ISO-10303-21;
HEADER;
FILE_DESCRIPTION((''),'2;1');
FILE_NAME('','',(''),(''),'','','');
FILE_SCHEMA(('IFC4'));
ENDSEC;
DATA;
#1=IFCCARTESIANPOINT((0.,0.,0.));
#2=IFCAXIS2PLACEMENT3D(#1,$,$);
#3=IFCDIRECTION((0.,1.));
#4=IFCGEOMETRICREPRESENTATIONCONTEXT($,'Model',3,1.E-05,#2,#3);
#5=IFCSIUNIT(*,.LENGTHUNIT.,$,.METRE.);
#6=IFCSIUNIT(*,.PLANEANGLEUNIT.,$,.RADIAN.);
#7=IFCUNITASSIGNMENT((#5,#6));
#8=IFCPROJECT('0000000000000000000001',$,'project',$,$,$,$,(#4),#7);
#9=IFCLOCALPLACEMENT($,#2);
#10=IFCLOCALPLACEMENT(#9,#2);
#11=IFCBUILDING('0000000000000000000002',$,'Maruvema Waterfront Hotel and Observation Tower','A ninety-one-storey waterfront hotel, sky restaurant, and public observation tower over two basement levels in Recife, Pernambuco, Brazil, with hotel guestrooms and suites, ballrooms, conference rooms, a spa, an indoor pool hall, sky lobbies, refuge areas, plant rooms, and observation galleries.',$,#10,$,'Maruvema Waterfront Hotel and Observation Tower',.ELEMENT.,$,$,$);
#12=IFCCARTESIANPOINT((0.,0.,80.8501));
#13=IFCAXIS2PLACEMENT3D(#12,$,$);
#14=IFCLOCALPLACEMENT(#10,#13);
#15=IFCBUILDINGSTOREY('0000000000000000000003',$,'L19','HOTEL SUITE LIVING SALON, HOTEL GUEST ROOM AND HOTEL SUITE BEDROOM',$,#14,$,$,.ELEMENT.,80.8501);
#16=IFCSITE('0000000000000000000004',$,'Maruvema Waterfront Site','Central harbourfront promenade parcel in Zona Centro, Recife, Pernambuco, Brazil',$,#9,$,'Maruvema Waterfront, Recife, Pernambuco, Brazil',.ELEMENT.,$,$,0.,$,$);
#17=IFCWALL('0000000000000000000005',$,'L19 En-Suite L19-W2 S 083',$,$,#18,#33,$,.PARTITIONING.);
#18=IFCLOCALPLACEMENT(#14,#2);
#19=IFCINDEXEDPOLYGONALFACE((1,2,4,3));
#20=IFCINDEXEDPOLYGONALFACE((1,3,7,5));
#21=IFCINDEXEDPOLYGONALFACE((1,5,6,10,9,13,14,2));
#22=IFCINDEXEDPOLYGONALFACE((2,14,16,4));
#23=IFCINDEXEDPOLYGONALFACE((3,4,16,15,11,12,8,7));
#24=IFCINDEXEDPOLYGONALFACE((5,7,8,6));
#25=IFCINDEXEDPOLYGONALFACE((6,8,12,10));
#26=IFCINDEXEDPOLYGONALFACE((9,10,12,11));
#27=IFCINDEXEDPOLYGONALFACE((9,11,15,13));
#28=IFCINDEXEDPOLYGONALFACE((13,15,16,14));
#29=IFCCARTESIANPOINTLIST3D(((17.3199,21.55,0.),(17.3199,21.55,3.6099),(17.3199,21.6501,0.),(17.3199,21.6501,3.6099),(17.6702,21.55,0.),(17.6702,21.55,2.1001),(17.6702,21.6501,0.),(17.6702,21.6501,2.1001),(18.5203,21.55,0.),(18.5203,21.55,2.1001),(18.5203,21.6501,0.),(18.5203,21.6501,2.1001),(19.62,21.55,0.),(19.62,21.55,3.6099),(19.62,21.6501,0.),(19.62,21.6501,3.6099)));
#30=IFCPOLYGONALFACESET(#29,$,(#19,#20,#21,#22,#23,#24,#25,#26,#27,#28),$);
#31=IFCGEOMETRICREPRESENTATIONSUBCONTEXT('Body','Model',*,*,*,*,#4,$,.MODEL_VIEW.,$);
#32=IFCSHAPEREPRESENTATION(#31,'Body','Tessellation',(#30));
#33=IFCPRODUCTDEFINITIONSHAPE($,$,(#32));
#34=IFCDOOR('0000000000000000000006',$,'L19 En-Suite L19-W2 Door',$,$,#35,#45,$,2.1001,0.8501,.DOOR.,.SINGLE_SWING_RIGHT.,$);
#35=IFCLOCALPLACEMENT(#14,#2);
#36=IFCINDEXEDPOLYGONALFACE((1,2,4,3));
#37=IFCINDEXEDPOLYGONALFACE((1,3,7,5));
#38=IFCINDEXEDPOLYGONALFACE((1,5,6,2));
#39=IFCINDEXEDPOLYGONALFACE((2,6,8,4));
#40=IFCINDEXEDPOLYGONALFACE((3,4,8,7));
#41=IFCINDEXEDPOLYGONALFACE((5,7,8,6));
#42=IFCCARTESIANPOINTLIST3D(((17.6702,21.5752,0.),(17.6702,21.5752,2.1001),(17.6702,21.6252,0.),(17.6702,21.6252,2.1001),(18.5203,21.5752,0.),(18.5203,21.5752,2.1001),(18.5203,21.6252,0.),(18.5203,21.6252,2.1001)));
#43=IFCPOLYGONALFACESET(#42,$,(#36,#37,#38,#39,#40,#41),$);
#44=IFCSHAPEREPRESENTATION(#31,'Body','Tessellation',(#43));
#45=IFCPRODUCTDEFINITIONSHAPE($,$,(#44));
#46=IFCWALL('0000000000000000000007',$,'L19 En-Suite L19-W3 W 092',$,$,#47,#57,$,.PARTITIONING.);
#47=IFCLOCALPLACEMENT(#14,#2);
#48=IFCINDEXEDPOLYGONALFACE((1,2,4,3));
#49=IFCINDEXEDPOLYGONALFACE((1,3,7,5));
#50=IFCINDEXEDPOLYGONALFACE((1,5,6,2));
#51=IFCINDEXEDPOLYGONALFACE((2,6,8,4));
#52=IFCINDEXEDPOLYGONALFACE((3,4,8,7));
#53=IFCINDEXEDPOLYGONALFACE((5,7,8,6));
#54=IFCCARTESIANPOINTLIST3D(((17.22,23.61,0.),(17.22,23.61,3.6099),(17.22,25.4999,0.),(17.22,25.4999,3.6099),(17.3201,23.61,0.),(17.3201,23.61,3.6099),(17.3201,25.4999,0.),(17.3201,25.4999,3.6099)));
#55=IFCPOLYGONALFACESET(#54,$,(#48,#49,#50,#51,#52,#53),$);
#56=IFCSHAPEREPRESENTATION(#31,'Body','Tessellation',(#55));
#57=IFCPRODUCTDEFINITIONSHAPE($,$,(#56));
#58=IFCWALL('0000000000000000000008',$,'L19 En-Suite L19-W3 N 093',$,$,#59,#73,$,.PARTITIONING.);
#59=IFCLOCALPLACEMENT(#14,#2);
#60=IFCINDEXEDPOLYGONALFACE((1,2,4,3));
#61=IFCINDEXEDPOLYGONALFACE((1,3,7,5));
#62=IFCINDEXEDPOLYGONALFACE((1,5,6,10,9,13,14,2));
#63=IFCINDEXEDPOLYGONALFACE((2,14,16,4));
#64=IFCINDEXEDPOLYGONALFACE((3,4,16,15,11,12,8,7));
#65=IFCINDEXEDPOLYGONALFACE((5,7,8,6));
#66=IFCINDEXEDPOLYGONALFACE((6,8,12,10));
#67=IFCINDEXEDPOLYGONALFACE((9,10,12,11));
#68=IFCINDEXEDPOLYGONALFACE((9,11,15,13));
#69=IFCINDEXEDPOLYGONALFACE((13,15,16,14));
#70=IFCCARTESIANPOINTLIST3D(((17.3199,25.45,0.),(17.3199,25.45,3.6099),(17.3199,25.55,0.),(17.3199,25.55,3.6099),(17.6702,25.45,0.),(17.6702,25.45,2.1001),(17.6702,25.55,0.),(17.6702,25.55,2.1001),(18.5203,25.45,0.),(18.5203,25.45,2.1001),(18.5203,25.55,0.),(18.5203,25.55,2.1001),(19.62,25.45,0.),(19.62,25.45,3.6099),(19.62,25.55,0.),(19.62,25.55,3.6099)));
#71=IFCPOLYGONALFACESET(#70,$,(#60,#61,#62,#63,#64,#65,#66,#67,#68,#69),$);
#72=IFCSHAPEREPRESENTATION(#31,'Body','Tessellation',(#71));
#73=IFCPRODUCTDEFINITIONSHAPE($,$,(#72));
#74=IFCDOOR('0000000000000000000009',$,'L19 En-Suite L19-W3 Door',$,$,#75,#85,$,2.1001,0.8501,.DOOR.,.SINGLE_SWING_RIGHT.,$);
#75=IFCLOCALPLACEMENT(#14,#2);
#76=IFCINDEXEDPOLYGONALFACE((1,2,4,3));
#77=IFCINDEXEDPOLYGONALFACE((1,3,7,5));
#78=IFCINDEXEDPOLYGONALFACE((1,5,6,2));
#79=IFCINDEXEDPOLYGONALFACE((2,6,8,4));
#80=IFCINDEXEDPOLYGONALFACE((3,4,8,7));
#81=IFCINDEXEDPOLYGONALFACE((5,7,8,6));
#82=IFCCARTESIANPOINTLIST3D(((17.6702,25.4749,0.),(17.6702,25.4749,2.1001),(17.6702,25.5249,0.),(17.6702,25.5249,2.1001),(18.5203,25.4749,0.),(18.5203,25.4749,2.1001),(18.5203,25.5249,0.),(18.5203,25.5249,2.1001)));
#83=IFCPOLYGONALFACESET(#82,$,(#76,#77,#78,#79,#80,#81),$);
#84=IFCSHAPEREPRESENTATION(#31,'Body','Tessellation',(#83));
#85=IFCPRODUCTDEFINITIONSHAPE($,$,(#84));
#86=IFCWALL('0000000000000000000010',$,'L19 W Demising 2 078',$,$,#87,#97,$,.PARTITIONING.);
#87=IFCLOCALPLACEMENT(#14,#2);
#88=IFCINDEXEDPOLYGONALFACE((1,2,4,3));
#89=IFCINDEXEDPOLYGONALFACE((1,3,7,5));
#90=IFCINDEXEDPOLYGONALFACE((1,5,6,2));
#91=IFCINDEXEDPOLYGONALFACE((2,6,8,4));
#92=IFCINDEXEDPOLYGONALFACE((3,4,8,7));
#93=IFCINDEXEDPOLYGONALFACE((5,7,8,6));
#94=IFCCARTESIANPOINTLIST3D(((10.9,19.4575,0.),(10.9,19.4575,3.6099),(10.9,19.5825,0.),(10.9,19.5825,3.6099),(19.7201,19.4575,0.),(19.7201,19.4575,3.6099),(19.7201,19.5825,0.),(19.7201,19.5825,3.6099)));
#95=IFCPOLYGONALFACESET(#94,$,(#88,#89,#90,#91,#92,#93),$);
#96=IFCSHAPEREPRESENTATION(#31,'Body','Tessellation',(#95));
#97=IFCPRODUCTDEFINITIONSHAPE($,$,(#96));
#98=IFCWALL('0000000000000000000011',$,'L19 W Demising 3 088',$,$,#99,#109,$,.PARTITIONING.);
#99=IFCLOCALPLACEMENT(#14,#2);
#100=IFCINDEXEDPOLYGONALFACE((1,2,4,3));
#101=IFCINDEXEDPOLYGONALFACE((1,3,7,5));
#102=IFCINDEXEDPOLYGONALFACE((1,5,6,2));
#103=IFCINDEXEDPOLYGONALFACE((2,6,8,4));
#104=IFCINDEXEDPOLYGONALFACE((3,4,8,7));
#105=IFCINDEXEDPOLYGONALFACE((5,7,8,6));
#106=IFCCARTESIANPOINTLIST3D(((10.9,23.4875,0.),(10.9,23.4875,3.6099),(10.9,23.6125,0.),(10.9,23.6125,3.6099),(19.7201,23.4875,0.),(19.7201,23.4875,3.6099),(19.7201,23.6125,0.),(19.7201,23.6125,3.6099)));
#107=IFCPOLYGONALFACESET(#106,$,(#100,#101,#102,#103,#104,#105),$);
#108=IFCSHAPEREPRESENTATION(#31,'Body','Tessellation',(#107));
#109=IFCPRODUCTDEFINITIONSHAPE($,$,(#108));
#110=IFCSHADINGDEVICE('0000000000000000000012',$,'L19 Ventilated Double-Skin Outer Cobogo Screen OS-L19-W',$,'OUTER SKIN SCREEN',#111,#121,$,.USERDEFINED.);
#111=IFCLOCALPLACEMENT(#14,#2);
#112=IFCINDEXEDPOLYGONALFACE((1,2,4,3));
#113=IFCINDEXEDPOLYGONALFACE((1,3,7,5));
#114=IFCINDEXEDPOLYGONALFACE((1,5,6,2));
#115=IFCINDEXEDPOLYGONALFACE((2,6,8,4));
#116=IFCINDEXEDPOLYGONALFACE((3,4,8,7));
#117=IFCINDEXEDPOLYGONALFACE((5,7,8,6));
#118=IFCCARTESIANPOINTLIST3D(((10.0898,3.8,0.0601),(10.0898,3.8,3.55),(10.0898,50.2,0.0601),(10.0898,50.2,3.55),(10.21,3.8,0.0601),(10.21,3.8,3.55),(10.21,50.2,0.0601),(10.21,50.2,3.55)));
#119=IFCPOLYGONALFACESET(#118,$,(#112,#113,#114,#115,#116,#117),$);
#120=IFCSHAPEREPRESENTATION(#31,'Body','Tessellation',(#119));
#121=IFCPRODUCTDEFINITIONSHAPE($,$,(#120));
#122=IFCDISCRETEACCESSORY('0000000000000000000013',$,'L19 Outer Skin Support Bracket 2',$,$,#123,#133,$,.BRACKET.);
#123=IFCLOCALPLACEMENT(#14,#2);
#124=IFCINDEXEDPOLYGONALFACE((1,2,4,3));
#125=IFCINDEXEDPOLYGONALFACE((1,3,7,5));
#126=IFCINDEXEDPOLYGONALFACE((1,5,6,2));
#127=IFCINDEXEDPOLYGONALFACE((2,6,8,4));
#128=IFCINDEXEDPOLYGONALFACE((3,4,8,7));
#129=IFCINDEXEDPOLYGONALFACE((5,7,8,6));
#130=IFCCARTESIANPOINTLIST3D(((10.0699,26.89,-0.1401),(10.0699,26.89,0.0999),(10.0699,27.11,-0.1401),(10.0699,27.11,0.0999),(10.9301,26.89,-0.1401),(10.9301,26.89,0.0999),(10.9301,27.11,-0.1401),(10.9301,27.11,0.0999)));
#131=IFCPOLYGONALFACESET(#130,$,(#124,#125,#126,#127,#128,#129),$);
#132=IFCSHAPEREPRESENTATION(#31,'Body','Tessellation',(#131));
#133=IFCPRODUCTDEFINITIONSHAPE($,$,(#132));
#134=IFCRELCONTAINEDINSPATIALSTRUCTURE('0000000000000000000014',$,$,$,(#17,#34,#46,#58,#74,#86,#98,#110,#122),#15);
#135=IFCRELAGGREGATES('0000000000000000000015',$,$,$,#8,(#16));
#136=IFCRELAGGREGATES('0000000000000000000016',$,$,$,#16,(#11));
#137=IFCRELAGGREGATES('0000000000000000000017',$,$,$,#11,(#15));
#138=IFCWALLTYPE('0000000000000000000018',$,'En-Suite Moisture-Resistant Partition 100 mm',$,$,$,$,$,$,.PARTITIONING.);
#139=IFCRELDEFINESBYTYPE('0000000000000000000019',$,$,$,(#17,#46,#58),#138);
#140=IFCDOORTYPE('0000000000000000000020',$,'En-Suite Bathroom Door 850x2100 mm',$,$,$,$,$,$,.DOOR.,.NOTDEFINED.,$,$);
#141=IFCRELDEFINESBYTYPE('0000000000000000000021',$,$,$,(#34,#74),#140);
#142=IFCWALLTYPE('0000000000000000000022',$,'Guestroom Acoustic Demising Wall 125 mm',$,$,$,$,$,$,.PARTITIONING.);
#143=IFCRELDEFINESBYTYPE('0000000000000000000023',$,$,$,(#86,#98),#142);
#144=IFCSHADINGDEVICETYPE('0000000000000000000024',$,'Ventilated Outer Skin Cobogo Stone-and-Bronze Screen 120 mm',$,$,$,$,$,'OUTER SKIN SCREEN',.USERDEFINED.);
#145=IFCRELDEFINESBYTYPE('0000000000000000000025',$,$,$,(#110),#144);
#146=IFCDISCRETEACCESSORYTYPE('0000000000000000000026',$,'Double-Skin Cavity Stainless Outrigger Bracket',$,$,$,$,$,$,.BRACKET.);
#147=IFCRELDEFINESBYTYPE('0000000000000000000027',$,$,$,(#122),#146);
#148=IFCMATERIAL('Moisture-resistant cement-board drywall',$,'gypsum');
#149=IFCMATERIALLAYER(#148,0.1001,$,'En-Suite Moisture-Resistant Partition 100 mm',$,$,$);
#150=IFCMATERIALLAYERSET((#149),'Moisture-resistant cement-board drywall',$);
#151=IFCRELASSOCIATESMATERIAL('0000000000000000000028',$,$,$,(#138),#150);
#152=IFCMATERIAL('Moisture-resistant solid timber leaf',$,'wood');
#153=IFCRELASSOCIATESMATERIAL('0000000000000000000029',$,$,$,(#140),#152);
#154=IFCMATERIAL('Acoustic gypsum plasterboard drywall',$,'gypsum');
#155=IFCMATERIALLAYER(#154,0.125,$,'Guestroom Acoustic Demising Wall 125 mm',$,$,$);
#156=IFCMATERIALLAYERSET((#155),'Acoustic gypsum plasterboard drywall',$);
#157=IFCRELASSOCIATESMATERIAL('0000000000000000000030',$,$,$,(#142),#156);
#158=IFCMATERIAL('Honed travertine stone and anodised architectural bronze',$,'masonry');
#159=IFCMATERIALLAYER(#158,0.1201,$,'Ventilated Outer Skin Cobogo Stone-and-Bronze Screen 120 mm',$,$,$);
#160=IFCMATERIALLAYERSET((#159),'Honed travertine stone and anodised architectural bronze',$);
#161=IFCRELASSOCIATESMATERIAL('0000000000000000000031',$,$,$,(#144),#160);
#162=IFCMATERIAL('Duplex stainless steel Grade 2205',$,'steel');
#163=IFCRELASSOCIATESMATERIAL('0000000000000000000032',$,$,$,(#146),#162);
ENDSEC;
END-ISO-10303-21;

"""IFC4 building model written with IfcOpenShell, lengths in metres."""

from ifc_helpers import new_model, si_unit, direction, frame, frame_2d, origin, origin_2d, place, context, subcontext, project, spatial, rectangle, extrude, material, layer, layer_set, type_object, element, fill, save


model = new_model("IFC4")

# Units and contexts
model_context = context("Model", 3, precision=1e-05, world=origin(), true_north=direction((0.0, 1.0)))
body_context = subcontext(model_context, "Body", "Model", "MODEL_VIEW")
ifc_project = project(units=[si_unit("LENGTHUNIT", "METRE"), si_unit("PLANEANGLEUNIT", "RADIAN")], contexts=[model_context])

# Site, building, storey
site_placement = place(None, origin())
site = spatial("IfcSite", under=ifc_project, at=site_placement, Name="Maruvema Waterfront Site", Description="Central harbourfront promenade parcel in Zona Centro, Recife, Pernambuco, Brazil", LongName="Maruvema Waterfront, Recife, Pernambuco, Brazil", CompositionType="ELEMENT", RefElevation=0.0)
building_placement = place(site_placement, origin())
building = spatial("IfcBuilding", under=site, at=building_placement, Name="Maruvema Waterfront Hotel and Observation Tower", Description="A ninety-one-storey waterfront hotel, sky restaurant, and public observation tower over two basement levels in Recife, Pernambuco, Brazil, with hotel guestrooms and suites, ballrooms, conference rooms, a spa, an indoor pool hall, sky lobbies, refuge areas, plant rooms, and observation galleries.", LongName="Maruvema Waterfront Hotel and Observation Tower", CompositionType="ELEMENT")
storey_placement = place(building_placement, frame((0.0, 0.0, 80.8501)))
storey = spatial("IfcBuildingStorey", under=building, at=storey_placement, Name="L19", Description="HOTEL SUITE LIVING SALON, HOTEL GUEST ROOM AND HOTEL SUITE BEDROOM", CompositionType="ELEMENT", Elevation=80.8501)

# Shared definitions
ifc_material_1 = material(Name="Moisture-resistant cement-board drywall", Category="gypsum")
ifc_layer_1 = layer(ifc_material_1, 0.1001, Name="En-Suite Moisture-Resistant Partition 100 mm")
ifc_layer_set_1 = layer_set([ifc_layer_1], Name="Moisture-resistant cement-board drywall")
wall_type_1 = type_object("IfcWallType", Name="En-Suite Moisture-Resistant Partition 100 mm", PredefinedType="PARTITIONING", material=ifc_layer_set_1)
ifc_material_2 = material(Name="Moisture-resistant solid timber leaf", Category="wood")
door_type_1 = type_object("IfcDoorType", Name="En-Suite Bathroom Door 850x2100 mm", OperationType="NOTDEFINED", PredefinedType="DOOR", material=ifc_material_2)

# Wall, opening, door
wall_1_placement = place(storey_placement, frame((17.3201, 21.6001, 0.0), z_axis=(0.0, 0.0, 1.0), x_axis=(1.0, 0.0, 0.0)))
wall_1 = element("IfcWall", 1, at=wall_1_placement, inside=storey, type_object=wall_type_1, Name="L19 En-Suite L19-W2 S 083", PredefinedType="PARTITIONING", context=body_context, shape_type="SweptSolid", body=[
    extrude(rectangle(XDim=2.3, YDim=0.1001, at=frame_2d((1.1499, 0.0))), origin(), (0.0, 0.0, 1.0), 3.6099),
])
opening_1_placement = place(wall_1_placement, frame((0.3501, 0.0, 0.0)))
opening_1 = element("IfcOpeningElement", 2, at=opening_1_placement, cuts=wall_1, PredefinedType="OPENING", context=body_context, shape_type="SweptSolid", body=[
    extrude(rectangle(XDim=0.8501, YDim=2.1001, at=frame_2d((0.425, 1.05))), frame((0.0, 0.0601, 0.0), z_axis=(0.0, -1.0, 0.0), x_axis=(1.0, 0.0, 0.0)), (0.0, 0.0, 1.0), 0.1201),
])
door_1_placement = place(opening_1_placement, frame((0.8501, 0.0, 0.0), z_axis=(0.0, 0.0, 1.0), x_axis=(-1.0, 0.0, 0.0)))
door_1 = element("IfcDoor", 3, at=door_1_placement, inside=storey, type_object=door_type_1, Name="L19 En-Suite L19-W2 Door", OperationType="SINGLE_SWING_RIGHT", OverallHeight=2.1001, OverallWidth=0.8501, PredefinedType="DOOR", context=body_context, shape_type="SweptSolid", body=[
    extrude(rectangle(XDim=0.8501, YDim=2.1001, at=frame_2d((0.425, 1.05))), frame((0.0, 0.0249, 0.0), z_axis=(0.0, -1.0, 0.0), x_axis=(1.0, 0.0, 0.0)), (0.0, 0.0, 1.0), 0.05),
])
fill(opening_1, door_1)

# Wall
wall_2_placement = place(storey_placement, frame((17.27, 23.6101, 0.0), z_axis=(0.0, 0.0, 1.0), x_axis=(0.0, 1.0, 0.0)))
element("IfcWall", 4, at=wall_2_placement, inside=storey, type_object=wall_type_1, Name="L19 En-Suite L19-W3 W 092", PredefinedType="PARTITIONING", context=body_context, shape_type="SweptSolid", body=[
    extrude(rectangle(XDim=1.8899, YDim=0.1001, at=frame_2d((0.9448, 0.0))), origin(), (0.0, 0.0, 1.0), 3.6099),
])

# Wall, opening, door
wall_3_placement = place(storey_placement, frame((17.3201, 25.5, 0.0), z_axis=(0.0, 0.0, 1.0), x_axis=(1.0, 0.0, 0.0)))
wall_3 = element("IfcWall", 5, at=wall_3_placement, inside=storey, type_object=wall_type_1, Name="L19 En-Suite L19-W3 N 093", PredefinedType="PARTITIONING", context=body_context, shape_type="SweptSolid", body=[
    extrude(rectangle(XDim=2.3, YDim=0.1001, at=frame_2d((1.1499, 0.0))), origin(), (0.0, 0.0, 1.0), 3.6099),
])
opening_2_placement = place(wall_3_placement, frame((0.3501, 0.0, 0.0)))
opening_2 = element("IfcOpeningElement", 6, at=opening_2_placement, cuts=wall_3, PredefinedType="OPENING", context=body_context, shape_type="SweptSolid", body=[
    extrude(rectangle(XDim=0.8501, YDim=2.1001, at=frame_2d((0.425, 1.05))), frame((0.0, 0.0601, 0.0), z_axis=(0.0, -1.0, 0.0), x_axis=(1.0, 0.0, 0.0)), (0.0, 0.0, 1.0), 0.1201),
])
door_2_placement = place(opening_2_placement, origin())
door_2 = element("IfcDoor", 7, at=door_2_placement, inside=storey, type_object=door_type_1, Name="L19 En-Suite L19-W3 Door", OperationType="SINGLE_SWING_RIGHT", OverallHeight=2.1001, OverallWidth=0.8501, PredefinedType="DOOR", context=body_context, shape_type="SweptSolid", body=[
    extrude(rectangle(XDim=0.8501, YDim=2.1001, at=frame_2d((0.425, 1.05))), frame((0.0, 0.0249, 0.0), z_axis=(0.0, -1.0, 0.0), x_axis=(1.0, 0.0, 0.0)), (0.0, 0.0, 1.0), 0.05),
])
fill(opening_2, door_2)

# Walls
ifc_material_3 = material(Name="Acoustic gypsum plasterboard drywall", Category="gypsum")
ifc_layer_2 = layer(ifc_material_3, 0.125, Name="Guestroom Acoustic Demising Wall 125 mm")
ifc_layer_set_2 = layer_set([ifc_layer_2], Name="Acoustic gypsum plasterboard drywall")
wall_type_2 = type_object("IfcWallType", Name="Guestroom Acoustic Demising Wall 125 mm", PredefinedType="PARTITIONING", material=ifc_layer_set_2)
for number, where, z_axis, x_axis, name in (
    (8, (10.8999, 19.52, 0.0), (0.0, 0.0, 1.0), (1.0, 0.0, 0.0), "L19 W Demising 2 078"),
    (9, (10.8999, 23.55, 0.0), (0.0, 0.0, 1.0), (1.0, 0.0, 0.0), "L19 W Demising 3 088"),
):
    element("IfcWall", number, at=place(storey_placement, frame(where, z_axis=z_axis, x_axis=x_axis)), inside=storey, type_object=wall_type_2, Name=name, PredefinedType="PARTITIONING", context=body_context, shape_type="SweptSolid", body=[
        extrude(rectangle(XDim=8.8201, YDim=0.125, at=frame_2d((4.4102, 0.0))), origin(), (0.0, 0.0, 1.0), 3.6099),
    ])

# Shading device
ifc_material_4 = material(Name="Honed travertine stone and anodised architectural bronze", Category="masonry")
ifc_layer_3 = layer(ifc_material_4, 0.1201, Name="Ventilated Outer Skin Cobogo Stone-and-Bronze Screen 120 mm")
ifc_layer_set_3 = layer_set([ifc_layer_3], Name="Honed travertine stone and anodised architectural bronze")
shading_device_type = type_object("IfcShadingDeviceType", Name="Ventilated Outer Skin Cobogo Stone-and-Bronze Screen 120 mm", ElementType="OUTER SKIN SCREEN", PredefinedType="USERDEFINED", material=ifc_layer_set_3)
shading_device_placement = place(storey_placement, frame((10.1499, 27.0, 0.0601), z_axis=(0.0, 0.0, 1.0), x_axis=(0.0, -1.0, 0.0)))
element("IfcShadingDevice", 10, at=shading_device_placement, inside=storey, type_object=shading_device_type, Name="L19 Ventilated Double-Skin Outer Cobogo Screen OS-L19-W", ObjectType="OUTER SKIN SCREEN", PredefinedType="USERDEFINED", context=body_context, shape_type="SweptSolid", body=[
    extrude(rectangle(XDim=46.3999, YDim=0.1201, at=origin_2d()), origin(), (0.0, 0.0, 1.0), 3.49),
])

# Discrete accessory
ifc_material_5 = material(Name="Duplex stainless steel Grade 2205", Category="steel")
discrete_accessory_type = type_object("IfcDiscreteAccessoryType", Name="Double-Skin Cavity Stainless Outrigger Bracket", PredefinedType="BRACKET", material=ifc_material_5)
discrete_accessory_placement = place(storey_placement, frame((10.5, 27.0, -0.1401), z_axis=(0.0, 0.0, 1.0), x_axis=(0.0, -1.0, 0.0)))
element("IfcDiscreteAccessory", 11, at=discrete_accessory_placement, inside=storey, type_object=discrete_accessory_type, Name="L19 Outer Skin Support Bracket 2", PredefinedType="BRACKET", context=body_context, shape_type="SweptSolid", body=[
    extrude(rectangle(XDim=0.22, YDim=0.8601, at=origin_2d()), origin(), (0.0, 0.0, 1.0), 0.24),
])

save(model, "model.ifc")
